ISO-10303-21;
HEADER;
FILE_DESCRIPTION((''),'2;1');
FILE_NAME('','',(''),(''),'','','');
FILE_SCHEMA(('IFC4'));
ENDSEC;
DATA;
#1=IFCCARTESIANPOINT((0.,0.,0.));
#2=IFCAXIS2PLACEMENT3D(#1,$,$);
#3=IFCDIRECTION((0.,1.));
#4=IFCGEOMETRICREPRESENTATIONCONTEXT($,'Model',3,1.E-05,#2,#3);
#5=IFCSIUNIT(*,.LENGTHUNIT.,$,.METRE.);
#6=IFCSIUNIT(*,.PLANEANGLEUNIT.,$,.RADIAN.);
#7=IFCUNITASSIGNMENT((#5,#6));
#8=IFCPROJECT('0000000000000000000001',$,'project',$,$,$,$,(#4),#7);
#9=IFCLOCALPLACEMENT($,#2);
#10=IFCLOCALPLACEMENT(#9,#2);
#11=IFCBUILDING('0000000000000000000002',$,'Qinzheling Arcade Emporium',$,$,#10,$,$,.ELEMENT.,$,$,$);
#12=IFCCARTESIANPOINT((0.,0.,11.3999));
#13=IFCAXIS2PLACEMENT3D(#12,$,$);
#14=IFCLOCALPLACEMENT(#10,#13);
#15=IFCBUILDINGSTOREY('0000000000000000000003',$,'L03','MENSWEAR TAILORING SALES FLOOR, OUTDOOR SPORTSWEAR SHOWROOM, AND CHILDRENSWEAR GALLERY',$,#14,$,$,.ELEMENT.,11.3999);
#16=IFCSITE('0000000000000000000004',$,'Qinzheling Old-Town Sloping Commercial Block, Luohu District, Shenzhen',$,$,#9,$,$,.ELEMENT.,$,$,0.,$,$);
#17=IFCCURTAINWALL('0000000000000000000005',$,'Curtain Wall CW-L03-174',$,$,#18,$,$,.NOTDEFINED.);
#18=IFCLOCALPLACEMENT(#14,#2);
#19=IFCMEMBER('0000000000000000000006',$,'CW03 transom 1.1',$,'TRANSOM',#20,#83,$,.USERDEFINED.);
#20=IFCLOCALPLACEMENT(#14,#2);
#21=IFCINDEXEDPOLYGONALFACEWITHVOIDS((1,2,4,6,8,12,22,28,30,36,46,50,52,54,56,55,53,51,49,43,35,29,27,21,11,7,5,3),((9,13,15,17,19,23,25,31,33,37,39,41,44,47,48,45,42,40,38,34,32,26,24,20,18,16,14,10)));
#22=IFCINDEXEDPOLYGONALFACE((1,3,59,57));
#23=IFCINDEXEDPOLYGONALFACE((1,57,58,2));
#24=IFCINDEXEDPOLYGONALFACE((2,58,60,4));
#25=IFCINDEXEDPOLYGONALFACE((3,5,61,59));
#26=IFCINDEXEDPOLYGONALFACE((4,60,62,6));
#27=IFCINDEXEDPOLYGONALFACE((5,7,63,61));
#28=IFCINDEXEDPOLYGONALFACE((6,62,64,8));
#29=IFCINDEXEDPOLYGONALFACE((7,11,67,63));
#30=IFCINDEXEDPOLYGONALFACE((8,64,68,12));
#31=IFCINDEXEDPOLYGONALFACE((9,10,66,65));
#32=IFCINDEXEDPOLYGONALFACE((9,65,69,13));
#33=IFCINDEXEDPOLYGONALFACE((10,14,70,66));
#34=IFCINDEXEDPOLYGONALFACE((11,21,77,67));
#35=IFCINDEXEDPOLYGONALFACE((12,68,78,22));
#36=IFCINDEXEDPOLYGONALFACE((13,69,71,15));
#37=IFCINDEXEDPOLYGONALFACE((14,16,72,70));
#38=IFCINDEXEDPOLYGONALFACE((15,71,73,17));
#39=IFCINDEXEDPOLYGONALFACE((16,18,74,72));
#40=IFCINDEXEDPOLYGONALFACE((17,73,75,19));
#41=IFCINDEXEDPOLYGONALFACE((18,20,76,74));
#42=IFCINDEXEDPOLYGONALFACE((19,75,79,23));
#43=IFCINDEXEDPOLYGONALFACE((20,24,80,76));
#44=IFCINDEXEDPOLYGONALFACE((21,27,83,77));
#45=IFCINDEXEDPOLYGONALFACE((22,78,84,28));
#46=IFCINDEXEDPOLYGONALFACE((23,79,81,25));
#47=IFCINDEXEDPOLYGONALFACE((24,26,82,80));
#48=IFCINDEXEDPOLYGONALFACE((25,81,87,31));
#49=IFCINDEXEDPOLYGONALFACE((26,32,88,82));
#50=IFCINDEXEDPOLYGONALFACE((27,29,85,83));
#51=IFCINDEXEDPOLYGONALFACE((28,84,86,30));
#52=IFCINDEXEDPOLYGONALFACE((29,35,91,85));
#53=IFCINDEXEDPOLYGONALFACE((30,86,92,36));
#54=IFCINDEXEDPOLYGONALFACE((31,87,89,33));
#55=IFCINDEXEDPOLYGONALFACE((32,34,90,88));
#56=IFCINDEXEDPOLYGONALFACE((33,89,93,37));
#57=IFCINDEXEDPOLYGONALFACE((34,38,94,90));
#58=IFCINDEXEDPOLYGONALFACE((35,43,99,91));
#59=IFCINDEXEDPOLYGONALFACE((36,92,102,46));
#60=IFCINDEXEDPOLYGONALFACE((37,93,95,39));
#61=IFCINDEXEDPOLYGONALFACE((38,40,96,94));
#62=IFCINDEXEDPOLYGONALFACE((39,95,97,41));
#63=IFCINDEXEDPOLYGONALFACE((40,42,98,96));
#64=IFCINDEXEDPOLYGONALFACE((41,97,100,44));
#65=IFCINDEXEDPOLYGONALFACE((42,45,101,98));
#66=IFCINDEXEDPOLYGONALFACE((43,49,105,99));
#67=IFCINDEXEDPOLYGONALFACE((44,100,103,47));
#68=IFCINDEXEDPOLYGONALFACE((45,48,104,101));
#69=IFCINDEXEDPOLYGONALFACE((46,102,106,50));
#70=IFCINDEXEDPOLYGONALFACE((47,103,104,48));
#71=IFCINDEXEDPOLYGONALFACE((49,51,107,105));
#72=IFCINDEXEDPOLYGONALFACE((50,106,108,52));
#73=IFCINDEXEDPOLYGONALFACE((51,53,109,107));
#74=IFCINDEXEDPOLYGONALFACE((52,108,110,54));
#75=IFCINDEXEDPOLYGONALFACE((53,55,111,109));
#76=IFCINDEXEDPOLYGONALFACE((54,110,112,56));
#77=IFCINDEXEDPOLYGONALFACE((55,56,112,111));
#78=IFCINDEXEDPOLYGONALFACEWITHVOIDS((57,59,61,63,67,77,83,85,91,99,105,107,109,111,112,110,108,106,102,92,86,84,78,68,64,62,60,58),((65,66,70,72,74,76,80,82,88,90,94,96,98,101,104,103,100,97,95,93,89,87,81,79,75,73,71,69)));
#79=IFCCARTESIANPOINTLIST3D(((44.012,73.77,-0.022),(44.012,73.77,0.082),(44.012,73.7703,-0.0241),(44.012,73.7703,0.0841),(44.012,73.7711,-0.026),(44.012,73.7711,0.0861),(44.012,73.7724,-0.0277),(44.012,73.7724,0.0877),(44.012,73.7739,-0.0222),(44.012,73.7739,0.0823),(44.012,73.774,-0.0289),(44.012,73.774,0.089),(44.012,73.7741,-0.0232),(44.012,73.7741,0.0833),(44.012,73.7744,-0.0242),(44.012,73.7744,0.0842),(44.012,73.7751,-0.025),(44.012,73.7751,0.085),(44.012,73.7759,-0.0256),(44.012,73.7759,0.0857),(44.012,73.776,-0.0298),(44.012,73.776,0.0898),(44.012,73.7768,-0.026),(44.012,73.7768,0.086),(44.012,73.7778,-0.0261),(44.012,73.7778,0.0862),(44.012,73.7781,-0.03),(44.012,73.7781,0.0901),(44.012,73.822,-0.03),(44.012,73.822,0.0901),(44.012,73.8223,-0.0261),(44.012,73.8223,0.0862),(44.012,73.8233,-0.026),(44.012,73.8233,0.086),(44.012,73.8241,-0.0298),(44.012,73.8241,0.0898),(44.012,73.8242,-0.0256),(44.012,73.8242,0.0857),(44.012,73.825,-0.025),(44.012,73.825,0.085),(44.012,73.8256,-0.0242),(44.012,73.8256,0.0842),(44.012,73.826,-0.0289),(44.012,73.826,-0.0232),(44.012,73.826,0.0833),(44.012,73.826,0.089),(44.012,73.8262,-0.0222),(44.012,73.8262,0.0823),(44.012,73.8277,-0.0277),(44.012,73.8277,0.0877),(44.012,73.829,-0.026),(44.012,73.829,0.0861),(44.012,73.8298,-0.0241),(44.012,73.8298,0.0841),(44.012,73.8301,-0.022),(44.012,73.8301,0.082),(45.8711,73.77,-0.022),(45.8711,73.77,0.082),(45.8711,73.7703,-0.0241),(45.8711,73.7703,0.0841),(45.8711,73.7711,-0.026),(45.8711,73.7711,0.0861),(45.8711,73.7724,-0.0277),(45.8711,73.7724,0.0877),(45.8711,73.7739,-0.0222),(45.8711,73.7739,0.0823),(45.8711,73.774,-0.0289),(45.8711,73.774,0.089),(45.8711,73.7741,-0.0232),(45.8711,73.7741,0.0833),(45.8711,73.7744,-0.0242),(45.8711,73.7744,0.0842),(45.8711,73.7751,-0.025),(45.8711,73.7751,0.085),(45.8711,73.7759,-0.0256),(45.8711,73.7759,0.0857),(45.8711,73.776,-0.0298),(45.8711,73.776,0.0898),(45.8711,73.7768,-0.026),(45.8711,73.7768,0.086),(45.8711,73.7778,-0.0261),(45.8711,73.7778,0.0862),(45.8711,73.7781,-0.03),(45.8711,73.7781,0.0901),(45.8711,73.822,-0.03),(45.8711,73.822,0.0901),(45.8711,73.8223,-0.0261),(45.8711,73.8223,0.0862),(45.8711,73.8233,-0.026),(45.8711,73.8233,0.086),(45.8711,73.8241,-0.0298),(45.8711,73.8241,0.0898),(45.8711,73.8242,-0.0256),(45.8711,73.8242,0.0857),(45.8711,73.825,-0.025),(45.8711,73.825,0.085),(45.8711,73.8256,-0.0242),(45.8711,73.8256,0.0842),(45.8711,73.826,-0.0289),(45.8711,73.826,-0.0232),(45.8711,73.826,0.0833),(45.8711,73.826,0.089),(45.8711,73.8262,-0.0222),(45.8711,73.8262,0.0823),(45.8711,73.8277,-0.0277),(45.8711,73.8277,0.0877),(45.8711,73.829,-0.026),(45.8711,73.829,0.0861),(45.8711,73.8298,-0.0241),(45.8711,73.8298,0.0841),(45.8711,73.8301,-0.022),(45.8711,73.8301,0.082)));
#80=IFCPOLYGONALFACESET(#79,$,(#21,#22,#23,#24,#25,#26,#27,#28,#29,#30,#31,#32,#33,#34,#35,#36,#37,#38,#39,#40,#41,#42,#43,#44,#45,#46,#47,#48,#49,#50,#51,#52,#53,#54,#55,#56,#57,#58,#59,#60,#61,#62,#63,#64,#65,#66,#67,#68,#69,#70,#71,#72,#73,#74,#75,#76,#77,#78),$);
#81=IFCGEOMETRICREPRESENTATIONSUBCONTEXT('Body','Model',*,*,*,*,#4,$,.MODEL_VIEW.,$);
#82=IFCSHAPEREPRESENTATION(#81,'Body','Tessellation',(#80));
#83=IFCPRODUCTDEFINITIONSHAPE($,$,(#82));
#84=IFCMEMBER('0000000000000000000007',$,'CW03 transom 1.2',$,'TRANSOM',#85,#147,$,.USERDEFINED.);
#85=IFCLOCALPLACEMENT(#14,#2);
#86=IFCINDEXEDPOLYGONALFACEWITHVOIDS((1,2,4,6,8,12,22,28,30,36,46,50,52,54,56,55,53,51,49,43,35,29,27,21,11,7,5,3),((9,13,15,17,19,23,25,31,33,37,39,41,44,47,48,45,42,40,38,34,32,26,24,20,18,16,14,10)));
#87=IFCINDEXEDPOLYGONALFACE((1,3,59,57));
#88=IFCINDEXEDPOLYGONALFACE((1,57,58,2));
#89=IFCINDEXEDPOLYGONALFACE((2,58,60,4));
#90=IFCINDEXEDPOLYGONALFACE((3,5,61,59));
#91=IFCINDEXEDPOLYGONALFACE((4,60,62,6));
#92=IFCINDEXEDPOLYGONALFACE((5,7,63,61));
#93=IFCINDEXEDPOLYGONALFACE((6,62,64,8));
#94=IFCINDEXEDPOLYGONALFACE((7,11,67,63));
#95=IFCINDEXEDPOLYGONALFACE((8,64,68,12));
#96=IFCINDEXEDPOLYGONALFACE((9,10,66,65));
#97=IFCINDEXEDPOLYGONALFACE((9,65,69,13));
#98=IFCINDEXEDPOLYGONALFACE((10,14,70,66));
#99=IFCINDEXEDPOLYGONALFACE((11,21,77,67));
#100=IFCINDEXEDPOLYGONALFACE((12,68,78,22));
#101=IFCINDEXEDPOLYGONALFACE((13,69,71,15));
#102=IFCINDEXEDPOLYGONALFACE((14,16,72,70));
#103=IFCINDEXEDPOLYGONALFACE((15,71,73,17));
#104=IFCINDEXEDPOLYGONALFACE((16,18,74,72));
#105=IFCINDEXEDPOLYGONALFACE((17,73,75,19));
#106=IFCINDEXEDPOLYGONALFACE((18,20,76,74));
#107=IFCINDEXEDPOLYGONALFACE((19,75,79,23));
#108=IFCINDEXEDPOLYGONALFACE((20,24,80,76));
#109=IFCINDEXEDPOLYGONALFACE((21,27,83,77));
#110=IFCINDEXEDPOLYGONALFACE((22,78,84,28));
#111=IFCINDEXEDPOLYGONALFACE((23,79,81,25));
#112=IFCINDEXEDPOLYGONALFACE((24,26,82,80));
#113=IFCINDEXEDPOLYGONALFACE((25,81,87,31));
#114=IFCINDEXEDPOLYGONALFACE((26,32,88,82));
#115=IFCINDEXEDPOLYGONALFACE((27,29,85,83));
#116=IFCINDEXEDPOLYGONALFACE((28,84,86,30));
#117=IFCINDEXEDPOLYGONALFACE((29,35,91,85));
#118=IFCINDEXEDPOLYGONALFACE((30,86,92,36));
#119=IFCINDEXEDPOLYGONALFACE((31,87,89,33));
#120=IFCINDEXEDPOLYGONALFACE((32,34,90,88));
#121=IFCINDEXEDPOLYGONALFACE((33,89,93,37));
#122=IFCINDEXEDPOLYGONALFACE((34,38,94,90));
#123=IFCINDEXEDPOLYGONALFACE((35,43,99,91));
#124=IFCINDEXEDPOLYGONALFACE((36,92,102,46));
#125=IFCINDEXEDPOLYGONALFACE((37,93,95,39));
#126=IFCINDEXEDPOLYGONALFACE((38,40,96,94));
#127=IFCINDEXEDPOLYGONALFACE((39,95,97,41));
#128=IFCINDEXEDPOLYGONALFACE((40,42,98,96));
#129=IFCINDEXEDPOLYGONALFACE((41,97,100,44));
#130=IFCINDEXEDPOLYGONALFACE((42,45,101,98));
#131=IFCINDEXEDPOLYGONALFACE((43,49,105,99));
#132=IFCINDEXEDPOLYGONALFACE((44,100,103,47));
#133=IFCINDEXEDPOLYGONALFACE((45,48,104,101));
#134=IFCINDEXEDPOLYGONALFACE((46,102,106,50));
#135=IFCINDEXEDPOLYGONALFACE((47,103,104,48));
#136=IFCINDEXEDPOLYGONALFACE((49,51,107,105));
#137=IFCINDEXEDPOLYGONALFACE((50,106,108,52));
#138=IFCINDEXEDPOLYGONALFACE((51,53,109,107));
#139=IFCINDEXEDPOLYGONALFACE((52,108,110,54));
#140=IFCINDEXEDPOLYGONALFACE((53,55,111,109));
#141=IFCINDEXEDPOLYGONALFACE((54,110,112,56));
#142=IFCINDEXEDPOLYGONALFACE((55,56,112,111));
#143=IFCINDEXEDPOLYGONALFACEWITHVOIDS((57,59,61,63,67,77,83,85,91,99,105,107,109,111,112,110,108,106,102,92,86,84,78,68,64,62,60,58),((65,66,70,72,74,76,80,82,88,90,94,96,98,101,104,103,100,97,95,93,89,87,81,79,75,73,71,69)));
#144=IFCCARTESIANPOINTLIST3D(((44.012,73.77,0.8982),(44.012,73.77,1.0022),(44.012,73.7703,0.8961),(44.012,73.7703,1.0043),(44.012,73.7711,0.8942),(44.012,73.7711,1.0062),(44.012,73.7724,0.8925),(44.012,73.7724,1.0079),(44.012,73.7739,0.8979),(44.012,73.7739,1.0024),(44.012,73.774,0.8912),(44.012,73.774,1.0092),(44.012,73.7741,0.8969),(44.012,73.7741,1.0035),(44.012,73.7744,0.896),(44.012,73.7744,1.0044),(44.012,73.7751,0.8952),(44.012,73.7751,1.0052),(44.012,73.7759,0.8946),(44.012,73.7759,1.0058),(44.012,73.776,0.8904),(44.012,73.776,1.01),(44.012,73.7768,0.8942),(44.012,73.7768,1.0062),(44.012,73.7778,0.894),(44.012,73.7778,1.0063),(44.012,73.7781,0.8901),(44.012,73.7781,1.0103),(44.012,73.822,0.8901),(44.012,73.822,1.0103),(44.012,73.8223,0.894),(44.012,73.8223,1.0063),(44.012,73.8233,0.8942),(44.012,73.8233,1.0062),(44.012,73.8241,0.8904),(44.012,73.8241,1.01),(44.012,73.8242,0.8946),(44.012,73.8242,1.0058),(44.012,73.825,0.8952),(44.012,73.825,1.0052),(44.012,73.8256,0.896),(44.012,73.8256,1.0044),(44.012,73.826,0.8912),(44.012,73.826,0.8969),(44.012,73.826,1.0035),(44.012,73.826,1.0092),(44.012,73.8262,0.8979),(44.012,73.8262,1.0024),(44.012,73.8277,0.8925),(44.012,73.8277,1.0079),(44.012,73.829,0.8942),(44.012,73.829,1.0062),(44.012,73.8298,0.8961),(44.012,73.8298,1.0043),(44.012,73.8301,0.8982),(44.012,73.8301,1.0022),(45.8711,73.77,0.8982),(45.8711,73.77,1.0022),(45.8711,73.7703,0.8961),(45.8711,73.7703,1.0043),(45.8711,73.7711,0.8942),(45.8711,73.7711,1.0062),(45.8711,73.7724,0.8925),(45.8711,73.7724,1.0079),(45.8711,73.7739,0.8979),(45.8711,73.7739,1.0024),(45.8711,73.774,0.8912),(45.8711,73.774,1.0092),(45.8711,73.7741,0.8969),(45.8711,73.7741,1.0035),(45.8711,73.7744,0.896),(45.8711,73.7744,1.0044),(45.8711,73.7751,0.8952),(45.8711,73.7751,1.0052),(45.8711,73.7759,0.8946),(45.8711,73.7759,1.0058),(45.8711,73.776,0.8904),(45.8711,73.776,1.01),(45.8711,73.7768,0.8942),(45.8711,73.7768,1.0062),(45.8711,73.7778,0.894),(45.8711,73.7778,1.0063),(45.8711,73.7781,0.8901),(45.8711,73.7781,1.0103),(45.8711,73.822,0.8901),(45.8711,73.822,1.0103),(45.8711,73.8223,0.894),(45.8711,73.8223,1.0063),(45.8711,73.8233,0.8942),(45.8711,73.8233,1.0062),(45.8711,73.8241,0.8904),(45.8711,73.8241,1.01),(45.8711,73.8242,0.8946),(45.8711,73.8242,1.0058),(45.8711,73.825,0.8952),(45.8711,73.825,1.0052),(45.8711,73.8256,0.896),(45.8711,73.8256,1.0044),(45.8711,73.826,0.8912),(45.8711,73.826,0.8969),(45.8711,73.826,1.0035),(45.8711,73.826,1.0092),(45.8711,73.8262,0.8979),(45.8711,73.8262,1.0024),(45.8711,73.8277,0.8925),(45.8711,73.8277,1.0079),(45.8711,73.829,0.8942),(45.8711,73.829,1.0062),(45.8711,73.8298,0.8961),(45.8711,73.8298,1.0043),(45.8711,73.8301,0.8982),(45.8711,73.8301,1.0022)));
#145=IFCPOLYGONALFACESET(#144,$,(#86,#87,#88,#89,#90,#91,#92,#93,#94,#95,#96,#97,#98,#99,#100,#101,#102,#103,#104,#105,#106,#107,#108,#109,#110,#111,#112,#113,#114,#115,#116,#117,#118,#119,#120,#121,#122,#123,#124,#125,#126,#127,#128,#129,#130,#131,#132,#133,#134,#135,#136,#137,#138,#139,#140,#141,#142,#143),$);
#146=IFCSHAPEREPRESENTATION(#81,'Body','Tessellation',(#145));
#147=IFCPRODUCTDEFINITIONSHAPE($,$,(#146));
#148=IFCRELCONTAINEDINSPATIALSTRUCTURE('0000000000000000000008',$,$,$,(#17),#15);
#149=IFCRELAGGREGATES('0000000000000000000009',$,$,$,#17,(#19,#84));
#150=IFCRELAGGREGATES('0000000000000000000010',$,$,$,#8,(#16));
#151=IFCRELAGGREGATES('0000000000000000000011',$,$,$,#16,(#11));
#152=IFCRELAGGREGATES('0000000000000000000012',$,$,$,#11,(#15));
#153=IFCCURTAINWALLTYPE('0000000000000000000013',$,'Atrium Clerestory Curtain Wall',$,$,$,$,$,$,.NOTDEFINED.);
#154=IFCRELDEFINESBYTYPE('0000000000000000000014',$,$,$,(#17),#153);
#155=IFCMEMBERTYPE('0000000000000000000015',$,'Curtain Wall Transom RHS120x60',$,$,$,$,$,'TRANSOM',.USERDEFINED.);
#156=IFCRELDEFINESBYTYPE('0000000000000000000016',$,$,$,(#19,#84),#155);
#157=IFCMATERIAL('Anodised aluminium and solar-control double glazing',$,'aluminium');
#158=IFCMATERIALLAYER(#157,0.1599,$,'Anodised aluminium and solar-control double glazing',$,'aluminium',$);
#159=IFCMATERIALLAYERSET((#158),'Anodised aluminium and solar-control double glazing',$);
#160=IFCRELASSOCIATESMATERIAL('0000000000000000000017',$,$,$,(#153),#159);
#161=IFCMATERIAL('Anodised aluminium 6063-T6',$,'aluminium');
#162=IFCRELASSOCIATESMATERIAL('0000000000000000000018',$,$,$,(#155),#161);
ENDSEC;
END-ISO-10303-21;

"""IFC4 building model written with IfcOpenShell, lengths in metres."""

from ifc_helpers import new_model, si_unit, direction, frame, origin, origin_2d, place, context, subcontext, project, spatial, hollow_rectangle, extrude, material, layer, layer_set, material_profile, profile_set, type_object, element, aggregate, save


model = new_model("IFC4")

# Units and contexts
model_context = context("Model", 3, precision=1e-05, world=origin(), true_north=direction((0.0, 1.0)))
body_context = subcontext(model_context, "Body", "Model", "MODEL_VIEW")
ifc_project = project(units=[si_unit("LENGTHUNIT", "METRE"), si_unit("PLANEANGLEUNIT", "RADIAN")], contexts=[model_context])

# Site, building, storey
site_placement = place(None, origin())
site = spatial("IfcSite", under=ifc_project, at=site_placement, Name="Qinzheling Old-Town Sloping Commercial Block, Luohu District, Shenzhen", CompositionType="ELEMENT", RefElevation=0.0)
building_placement = place(site_placement, origin())
building = spatial("IfcBuilding", under=site, at=building_placement, Name="Qinzheling Arcade Emporium", CompositionType="ELEMENT")
storey_placement = place(building_placement, frame((0.0, 0.0, 11.3999)))
storey = spatial("IfcBuildingStorey", under=building, at=storey_placement, Name="L03", Description="MENSWEAR TAILORING SALES FLOOR, OUTDOOR SPORTSWEAR SHOWROOM, AND CHILDRENSWEAR GALLERY", CompositionType="ELEMENT", Elevation=11.3999)

# Curtain wall, members
ifc_material_1 = material(Name="Anodised aluminium and solar-control double glazing", Category="aluminium")
ifc_layer_1 = layer(ifc_material_1, 0.1599, Name="Anodised aluminium and solar-control double glazing", Category="aluminium")
ifc_layer_set_1 = layer_set([ifc_layer_1], Name="Anodised aluminium and solar-control double glazing")
curtain_wall_type = type_object("IfcCurtainWallType", Name="Atrium Clerestory Curtain Wall", PredefinedType="NOTDEFINED", material=ifc_layer_set_1)
curtain_wall_placement = place(storey_placement, origin())
curtain_wall = element("IfcCurtainWall", 1, at=curtain_wall_placement, inside=storey, type_object=curtain_wall_type, Name="Curtain Wall CW-L03-174", PredefinedType="NOTDEFINED")
ifc_material_2 = material(Name="Anodised aluminium 6063-T6", Category="aluminium")
ifc_material_profile_1 = material_profile(ifc_material_2, hollow_rectangle(XDim=0.0601, YDim=0.1201, WallThickness=0.0039, InnerFilletRadius=0.0039, OuterFilletRadius=0.0081, at=origin_2d()), Name="RHS 120x60x4", Category="aluminium")
ifc_profile_set_1 = profile_set([ifc_material_profile_1], Name="Anodised aluminium 6063-T6")
member_type_1 = type_object("IfcMemberType", Name="Curtain Wall Transom RHS120x60", ElementType="TRANSOM", PredefinedType="USERDEFINED", material=ifc_profile_set_1)
member_1_placement = place(storey_placement, frame((44.012, 73.8, 0.03), z_axis=(1.0, 0.0, 0.0), x_axis=(0.0, 1.0, 0.0)))
member_1 = element("IfcMember", 2, at=member_1_placement, type_object=member_type_1, Name="CW03 transom 1.1", ObjectType="TRANSOM", PredefinedType="USERDEFINED", context=body_context, shape_type="SweptSolid", body=[
    extrude(hollow_rectangle(XDim=0.0601, YDim=0.1201, WallThickness=0.0039, InnerFilletRadius=0.0039, OuterFilletRadius=0.0081, at=origin_2d()), origin(), (0.0, 0.0, 1.0), 1.8591),
])
member_2_placement = place(storey_placement, frame((44.012, 73.8, 0.9502), z_axis=(1.0, 0.0, 0.0), x_axis=(0.0, 1.0, 0.0)))
member_2 = element("IfcMember", 3, at=member_2_placement, type_object=member_type_1, Name="CW03 transom 1.2", ObjectType="TRANSOM", PredefinedType="USERDEFINED", context=body_context, shape_type="SweptSolid", body=[
    extrude(hollow_rectangle(XDim=0.0601, YDim=0.1201, WallThickness=0.0039, InnerFilletRadius=0.0039, OuterFilletRadius=0.0081, at=origin_2d()), origin(), (0.0, 0.0, 1.0), 1.8591),
])

aggregate(curtain_wall, [member_1, member_2])

save(model, "model.ifc")
